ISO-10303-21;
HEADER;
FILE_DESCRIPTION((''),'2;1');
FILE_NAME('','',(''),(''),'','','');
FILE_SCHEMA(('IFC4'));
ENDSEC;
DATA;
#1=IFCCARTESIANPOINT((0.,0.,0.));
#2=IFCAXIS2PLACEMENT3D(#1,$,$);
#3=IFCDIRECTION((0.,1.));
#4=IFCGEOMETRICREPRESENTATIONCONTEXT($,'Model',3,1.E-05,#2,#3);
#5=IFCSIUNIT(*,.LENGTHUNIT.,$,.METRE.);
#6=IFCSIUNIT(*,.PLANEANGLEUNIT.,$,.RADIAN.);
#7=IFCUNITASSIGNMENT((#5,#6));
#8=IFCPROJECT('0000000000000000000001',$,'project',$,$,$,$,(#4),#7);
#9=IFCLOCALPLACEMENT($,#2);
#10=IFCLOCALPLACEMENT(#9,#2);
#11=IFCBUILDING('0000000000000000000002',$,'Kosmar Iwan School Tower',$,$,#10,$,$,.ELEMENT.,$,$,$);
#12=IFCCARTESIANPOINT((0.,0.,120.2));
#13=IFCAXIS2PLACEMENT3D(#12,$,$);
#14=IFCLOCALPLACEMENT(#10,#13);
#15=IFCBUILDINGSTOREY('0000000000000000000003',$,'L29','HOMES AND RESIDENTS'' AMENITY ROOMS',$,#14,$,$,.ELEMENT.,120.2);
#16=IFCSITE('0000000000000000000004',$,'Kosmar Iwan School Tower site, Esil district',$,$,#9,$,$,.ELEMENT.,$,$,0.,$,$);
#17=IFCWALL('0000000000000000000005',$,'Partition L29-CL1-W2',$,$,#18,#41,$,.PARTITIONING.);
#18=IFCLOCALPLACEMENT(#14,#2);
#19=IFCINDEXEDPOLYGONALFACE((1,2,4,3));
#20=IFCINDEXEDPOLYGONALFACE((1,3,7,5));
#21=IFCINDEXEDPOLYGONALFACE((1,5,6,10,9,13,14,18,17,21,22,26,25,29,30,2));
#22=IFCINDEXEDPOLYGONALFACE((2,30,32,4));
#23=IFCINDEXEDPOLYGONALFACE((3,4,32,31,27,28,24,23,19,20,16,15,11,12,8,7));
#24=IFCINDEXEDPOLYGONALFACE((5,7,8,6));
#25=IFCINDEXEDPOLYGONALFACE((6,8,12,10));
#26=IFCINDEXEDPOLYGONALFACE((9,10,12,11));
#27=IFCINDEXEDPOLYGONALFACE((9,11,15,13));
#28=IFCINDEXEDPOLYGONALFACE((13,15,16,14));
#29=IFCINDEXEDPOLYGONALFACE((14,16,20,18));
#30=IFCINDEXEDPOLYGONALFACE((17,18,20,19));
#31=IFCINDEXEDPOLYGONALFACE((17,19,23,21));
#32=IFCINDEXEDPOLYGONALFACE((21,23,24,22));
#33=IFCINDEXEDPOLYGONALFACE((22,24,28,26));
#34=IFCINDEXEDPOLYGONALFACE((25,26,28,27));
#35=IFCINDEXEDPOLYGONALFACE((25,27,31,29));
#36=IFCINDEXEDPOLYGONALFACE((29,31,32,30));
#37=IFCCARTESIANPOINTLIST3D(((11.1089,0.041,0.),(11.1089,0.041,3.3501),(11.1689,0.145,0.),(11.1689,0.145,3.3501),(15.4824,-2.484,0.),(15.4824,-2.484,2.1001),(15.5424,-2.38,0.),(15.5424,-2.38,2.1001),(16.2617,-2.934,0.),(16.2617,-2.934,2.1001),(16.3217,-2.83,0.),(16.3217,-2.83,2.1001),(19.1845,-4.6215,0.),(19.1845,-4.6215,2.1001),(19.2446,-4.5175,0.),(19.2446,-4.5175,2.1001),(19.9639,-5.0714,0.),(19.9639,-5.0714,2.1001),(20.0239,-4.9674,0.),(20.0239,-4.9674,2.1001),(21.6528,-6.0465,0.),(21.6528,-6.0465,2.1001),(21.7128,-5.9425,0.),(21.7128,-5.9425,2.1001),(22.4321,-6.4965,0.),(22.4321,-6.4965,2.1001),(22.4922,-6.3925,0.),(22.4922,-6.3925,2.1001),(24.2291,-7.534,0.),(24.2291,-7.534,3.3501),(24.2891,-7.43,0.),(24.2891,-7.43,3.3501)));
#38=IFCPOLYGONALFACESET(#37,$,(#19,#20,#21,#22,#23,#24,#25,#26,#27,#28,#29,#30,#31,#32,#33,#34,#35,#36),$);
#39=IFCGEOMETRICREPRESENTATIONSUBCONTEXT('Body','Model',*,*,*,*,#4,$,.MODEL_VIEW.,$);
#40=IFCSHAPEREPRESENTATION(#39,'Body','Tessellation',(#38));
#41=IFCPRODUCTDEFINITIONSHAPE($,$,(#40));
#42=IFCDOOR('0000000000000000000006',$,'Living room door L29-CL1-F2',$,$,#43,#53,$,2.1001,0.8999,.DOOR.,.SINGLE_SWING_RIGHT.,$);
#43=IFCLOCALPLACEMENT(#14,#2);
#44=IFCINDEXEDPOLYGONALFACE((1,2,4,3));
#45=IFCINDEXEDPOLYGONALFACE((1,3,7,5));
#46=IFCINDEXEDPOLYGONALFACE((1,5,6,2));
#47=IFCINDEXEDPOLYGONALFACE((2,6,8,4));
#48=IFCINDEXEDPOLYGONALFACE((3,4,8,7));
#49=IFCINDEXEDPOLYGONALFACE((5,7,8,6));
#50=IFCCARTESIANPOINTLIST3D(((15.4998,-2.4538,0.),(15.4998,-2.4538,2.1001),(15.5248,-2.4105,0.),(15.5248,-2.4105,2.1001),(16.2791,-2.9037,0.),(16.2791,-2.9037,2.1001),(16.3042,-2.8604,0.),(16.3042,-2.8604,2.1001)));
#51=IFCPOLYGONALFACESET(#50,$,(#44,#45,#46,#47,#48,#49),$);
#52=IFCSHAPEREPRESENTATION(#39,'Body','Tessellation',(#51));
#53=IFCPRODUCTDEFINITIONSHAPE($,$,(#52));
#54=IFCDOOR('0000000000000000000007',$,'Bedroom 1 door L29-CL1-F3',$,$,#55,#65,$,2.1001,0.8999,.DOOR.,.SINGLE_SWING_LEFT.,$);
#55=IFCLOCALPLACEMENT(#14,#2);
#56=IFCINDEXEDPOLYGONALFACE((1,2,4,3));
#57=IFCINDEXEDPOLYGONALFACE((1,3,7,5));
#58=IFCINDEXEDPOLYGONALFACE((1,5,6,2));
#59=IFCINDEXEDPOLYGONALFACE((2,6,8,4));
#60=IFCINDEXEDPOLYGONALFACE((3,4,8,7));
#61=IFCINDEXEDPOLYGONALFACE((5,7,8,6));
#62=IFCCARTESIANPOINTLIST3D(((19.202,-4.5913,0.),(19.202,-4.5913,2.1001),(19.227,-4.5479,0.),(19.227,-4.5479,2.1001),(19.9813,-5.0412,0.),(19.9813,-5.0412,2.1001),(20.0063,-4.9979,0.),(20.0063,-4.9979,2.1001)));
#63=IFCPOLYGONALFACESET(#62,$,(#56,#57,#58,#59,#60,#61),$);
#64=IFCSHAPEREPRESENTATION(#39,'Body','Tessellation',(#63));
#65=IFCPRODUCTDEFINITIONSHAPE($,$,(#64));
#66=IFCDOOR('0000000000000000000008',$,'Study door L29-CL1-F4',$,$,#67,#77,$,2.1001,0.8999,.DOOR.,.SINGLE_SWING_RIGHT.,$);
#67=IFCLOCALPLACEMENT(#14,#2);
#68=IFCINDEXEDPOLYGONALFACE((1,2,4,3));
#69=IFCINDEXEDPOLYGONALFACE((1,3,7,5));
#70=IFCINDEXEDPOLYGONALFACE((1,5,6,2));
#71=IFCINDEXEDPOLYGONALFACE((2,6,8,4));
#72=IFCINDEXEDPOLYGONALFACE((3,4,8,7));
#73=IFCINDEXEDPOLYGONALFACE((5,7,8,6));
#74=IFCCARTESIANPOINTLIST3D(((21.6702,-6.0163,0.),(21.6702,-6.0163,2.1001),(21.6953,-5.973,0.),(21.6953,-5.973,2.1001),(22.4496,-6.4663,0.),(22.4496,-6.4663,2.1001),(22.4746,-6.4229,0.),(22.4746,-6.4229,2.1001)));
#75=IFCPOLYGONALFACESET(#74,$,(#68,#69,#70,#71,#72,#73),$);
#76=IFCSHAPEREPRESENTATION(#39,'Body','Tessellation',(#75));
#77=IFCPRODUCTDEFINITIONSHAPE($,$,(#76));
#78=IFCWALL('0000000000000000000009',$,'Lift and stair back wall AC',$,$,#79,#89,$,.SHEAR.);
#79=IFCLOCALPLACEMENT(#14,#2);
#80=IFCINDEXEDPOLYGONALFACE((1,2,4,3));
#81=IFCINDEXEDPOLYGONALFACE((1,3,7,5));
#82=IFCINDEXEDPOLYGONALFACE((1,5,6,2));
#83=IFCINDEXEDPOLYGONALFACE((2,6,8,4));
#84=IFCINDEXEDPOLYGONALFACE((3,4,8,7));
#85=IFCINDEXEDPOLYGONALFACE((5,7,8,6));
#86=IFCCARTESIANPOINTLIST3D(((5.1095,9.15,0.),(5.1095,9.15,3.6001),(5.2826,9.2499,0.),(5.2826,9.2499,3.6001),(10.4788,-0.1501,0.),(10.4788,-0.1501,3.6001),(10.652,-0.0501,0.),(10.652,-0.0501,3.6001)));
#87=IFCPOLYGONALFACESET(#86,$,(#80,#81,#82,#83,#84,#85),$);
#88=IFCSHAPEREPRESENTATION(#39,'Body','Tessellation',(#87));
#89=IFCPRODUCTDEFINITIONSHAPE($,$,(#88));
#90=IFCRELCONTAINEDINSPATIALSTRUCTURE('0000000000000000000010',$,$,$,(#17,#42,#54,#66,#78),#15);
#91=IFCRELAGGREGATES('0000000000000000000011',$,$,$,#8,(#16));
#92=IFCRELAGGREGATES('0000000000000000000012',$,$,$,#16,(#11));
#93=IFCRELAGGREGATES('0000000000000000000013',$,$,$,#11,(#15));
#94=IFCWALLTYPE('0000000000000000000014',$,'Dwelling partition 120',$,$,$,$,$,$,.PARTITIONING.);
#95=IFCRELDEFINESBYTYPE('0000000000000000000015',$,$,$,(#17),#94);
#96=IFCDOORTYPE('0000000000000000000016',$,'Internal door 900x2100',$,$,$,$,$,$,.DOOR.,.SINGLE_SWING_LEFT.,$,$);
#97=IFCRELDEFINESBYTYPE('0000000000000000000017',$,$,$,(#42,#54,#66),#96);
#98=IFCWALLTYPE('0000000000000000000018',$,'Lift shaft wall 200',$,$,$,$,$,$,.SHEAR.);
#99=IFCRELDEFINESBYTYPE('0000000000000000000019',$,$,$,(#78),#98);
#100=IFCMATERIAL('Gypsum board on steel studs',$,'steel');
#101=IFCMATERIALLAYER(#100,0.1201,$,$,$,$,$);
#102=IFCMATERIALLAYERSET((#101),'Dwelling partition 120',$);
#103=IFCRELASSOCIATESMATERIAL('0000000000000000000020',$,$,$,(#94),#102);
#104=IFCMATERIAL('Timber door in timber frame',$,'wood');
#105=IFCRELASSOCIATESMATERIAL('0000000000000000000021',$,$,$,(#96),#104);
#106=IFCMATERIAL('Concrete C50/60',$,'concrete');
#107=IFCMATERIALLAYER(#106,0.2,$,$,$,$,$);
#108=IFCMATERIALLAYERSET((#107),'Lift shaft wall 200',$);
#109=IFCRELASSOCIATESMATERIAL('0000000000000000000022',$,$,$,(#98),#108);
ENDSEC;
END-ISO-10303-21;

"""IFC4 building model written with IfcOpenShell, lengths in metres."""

from ifc_helpers import new_model, si_unit, direction, frame, frame_2d, origin, place, context, subcontext, project, spatial, rectangle, extrude, material, layer, layer_set, type_object, element, fill, save


model = new_model("IFC4")

# Units and contexts
model_context = context("Model", 3, precision=1e-05, world=origin(), true_north=direction((0.0, 1.0)))
body_context = subcontext(model_context, "Body", "Model", "MODEL_VIEW")
ifc_project = project(units=[si_unit("LENGTHUNIT", "METRE"), si_unit("PLANEANGLEUNIT", "RADIAN")], contexts=[model_context])

# Site, building, storey
site_placement = place(None, origin())
site = spatial("IfcSite", under=ifc_project, at=site_placement, Name="Kosmar Iwan School Tower site, Esil district", CompositionType="ELEMENT", RefElevation=0.0)
building_placement = place(site_placement, origin())
building = spatial("IfcBuilding", under=site, at=building_placement, Name="Kosmar Iwan School Tower", CompositionType="ELEMENT")
storey_placement = place(building_placement, frame((0.0, 0.0, 120.2)))
storey = spatial("IfcBuildingStorey", under=building, at=storey_placement, Name="L29", Description="HOMES AND RESIDENTS' AMENITY ROOMS", CompositionType="ELEMENT", Elevation=120.2)

# Wall, openings, doors
ifc_material_1 = material(Name="Gypsum board on steel studs", Category="steel")
ifc_layer_1 = layer(ifc_material_1, 0.1201)
ifc_layer_set_1 = layer_set([ifc_layer_1], Name="Dwelling partition 120")
wall_type_1 = type_object("IfcWallType", Name="Dwelling partition 120", PredefinedType="PARTITIONING", material=ifc_layer_set_1)
wall_1_placement = place(storey_placement, frame((11.1389, 0.093, 0.0), z_axis=(0.0, 0.0, 1.0), x_axis=(0.866024, -0.500002, 0.0)))
wall_1 = element("IfcWall", 1, at=wall_1_placement, inside=storey, type_object=wall_type_1, Name="Partition L29-CL1-W2", PredefinedType="PARTITIONING", context=body_context, shape_type="SweptSolid", body=[
    extrude(rectangle(XDim=15.1499, YDim=0.1201, at=frame_2d((7.575, 0.0))), origin(), (0.0, 0.0, 1.0), 3.3501),
])
opening_1_placement = place(wall_1_placement, frame((5.05, 0.0, 0.0)))
opening_1 = element("IfcOpeningElement", 2, at=opening_1_placement, cuts=wall_1, PredefinedType="OPENING", context=body_context, shape_type="SweptSolid", body=[
    extrude(rectangle(XDim=0.8999, YDim=2.1001, at=frame_2d((0.45, 1.05))), frame((0.0, 0.072, 0.0), z_axis=(0.0, -1.0, 0.0), x_axis=(1.0, 0.0, 0.0)), (0.0, 0.0, 1.0), 0.144),
])
opening_2_placement = place(wall_1_placement, frame((9.325, 0.0, 0.0)))
opening_2 = element("IfcOpeningElement", 3, at=opening_2_placement, cuts=wall_1, PredefinedType="OPENING", context=body_context, shape_type="SweptSolid", body=[
    extrude(rectangle(XDim=0.8999, YDim=2.1001, at=frame_2d((0.45, 1.05))), frame((0.0, 0.072, 0.0), z_axis=(0.0, -1.0, 0.0), x_axis=(1.0, 0.0, 0.0)), (0.0, 0.0, 1.0), 0.144),
])
opening_3_placement = place(wall_1_placement, frame((12.175, 0.0, 0.0)))
opening_3 = element("IfcOpeningElement", 4, at=opening_3_placement, cuts=wall_1, PredefinedType="OPENING", context=body_context, shape_type="SweptSolid", body=[
    extrude(rectangle(XDim=0.8999, YDim=2.1001, at=frame_2d((0.45, 1.05))), frame((0.0, 0.072, 0.0), z_axis=(0.0, -1.0, 0.0), x_axis=(1.0, 0.0, 0.0)), (0.0, 0.0, 1.0), 0.144),
])
ifc_material_2 = material(Name="Timber door in timber frame", Category="wood")
door_type = type_object("IfcDoorType", Name="Internal door 900x2100", OperationType="SINGLE_SWING_LEFT", PredefinedType="DOOR", material=ifc_material_2)
door_1_placement = place(opening_1_placement, origin())
door_1 = element("IfcDoor", 5, at=door_1_placement, inside=storey, type_object=door_type, Name="Living room door L29-CL1-F2", OperationType="SINGLE_SWING_RIGHT", OverallHeight=2.1001, OverallWidth=0.8999, PredefinedType="DOOR", context=body_context, shape_type="SweptSolid", body=[
    extrude(rectangle(XDim=0.8999, YDim=2.1001, at=frame_2d((0.45, 1.05))), frame((0.0, 0.0249, 0.0), z_axis=(0.0, -1.0, 0.0), x_axis=(1.0, 0.0, 0.0)), (0.0, 0.0, 1.0), 0.05),
])
fill(opening_1, door_1)
door_2_placement = place(opening_2_placement, origin())
door_2 = element("IfcDoor", 6, at=door_2_placement, inside=storey, type_object=door_type, Name="Bedroom 1 door L29-CL1-F3", OperationType="SINGLE_SWING_LEFT", OverallHeight=2.1001, OverallWidth=0.8999, PredefinedType="DOOR", context=body_context, shape_type="SweptSolid", body=[
    extrude(rectangle(XDim=0.8999, YDim=2.1001, at=frame_2d((0.45, 1.05))), frame((0.0, 0.0249, 0.0), z_axis=(0.0, -1.0, 0.0), x_axis=(1.0, 0.0, 0.0)), (0.0, 0.0, 1.0), 0.05),
])
fill(opening_2, door_2)
door_3_placement = place(opening_3_placement, origin())
door_3 = element("IfcDoor", 7, at=door_3_placement, inside=storey, type_object=door_type, Name="Study door L29-CL1-F4", OperationType="SINGLE_SWING_RIGHT", OverallHeight=2.1001, OverallWidth=0.8999, PredefinedType="DOOR", context=body_context, shape_type="SweptSolid", body=[
    extrude(rectangle(XDim=0.8999, YDim=2.1001, at=frame_2d((0.45, 1.05))), frame((0.0, 0.0249, 0.0), z_axis=(0.0, -1.0, 0.0), x_axis=(1.0, 0.0, 0.0)), (0.0, 0.0, 1.0), 0.05),
])
fill(opening_3, door_3)

# Wall
ifc_material_3 = material(Name="Concrete C50/60", Category="concrete")
ifc_layer_2 = layer(ifc_material_3, 0.2)
ifc_layer_set_2 = layer_set([ifc_layer_2], Name="Lift shaft wall 200")
wall_type_2 = type_object("IfcWallType", Name="Lift shaft wall 200", PredefinedType="SHEAR", material=ifc_layer_set_2)
wall_2_placement = place(storey_placement, frame((10.5654, -0.1001, 0.0), z_axis=(0.0, 0.0, 1.0), x_axis=(-0.5, 0.866025, 0.0)))
element("IfcWall", 8, at=wall_2_placement, inside=storey, type_object=wall_type_2, Name="Lift and stair back wall AC", PredefinedType="SHEAR", context=body_context, shape_type="SweptSolid", body=[
    extrude(rectangle(XDim=10.7388, YDim=0.2, at=frame_2d((5.3694, 0.0))), origin(), (0.0, 0.0, 1.0), 3.6001),
])

save(model, "model.ifc")
